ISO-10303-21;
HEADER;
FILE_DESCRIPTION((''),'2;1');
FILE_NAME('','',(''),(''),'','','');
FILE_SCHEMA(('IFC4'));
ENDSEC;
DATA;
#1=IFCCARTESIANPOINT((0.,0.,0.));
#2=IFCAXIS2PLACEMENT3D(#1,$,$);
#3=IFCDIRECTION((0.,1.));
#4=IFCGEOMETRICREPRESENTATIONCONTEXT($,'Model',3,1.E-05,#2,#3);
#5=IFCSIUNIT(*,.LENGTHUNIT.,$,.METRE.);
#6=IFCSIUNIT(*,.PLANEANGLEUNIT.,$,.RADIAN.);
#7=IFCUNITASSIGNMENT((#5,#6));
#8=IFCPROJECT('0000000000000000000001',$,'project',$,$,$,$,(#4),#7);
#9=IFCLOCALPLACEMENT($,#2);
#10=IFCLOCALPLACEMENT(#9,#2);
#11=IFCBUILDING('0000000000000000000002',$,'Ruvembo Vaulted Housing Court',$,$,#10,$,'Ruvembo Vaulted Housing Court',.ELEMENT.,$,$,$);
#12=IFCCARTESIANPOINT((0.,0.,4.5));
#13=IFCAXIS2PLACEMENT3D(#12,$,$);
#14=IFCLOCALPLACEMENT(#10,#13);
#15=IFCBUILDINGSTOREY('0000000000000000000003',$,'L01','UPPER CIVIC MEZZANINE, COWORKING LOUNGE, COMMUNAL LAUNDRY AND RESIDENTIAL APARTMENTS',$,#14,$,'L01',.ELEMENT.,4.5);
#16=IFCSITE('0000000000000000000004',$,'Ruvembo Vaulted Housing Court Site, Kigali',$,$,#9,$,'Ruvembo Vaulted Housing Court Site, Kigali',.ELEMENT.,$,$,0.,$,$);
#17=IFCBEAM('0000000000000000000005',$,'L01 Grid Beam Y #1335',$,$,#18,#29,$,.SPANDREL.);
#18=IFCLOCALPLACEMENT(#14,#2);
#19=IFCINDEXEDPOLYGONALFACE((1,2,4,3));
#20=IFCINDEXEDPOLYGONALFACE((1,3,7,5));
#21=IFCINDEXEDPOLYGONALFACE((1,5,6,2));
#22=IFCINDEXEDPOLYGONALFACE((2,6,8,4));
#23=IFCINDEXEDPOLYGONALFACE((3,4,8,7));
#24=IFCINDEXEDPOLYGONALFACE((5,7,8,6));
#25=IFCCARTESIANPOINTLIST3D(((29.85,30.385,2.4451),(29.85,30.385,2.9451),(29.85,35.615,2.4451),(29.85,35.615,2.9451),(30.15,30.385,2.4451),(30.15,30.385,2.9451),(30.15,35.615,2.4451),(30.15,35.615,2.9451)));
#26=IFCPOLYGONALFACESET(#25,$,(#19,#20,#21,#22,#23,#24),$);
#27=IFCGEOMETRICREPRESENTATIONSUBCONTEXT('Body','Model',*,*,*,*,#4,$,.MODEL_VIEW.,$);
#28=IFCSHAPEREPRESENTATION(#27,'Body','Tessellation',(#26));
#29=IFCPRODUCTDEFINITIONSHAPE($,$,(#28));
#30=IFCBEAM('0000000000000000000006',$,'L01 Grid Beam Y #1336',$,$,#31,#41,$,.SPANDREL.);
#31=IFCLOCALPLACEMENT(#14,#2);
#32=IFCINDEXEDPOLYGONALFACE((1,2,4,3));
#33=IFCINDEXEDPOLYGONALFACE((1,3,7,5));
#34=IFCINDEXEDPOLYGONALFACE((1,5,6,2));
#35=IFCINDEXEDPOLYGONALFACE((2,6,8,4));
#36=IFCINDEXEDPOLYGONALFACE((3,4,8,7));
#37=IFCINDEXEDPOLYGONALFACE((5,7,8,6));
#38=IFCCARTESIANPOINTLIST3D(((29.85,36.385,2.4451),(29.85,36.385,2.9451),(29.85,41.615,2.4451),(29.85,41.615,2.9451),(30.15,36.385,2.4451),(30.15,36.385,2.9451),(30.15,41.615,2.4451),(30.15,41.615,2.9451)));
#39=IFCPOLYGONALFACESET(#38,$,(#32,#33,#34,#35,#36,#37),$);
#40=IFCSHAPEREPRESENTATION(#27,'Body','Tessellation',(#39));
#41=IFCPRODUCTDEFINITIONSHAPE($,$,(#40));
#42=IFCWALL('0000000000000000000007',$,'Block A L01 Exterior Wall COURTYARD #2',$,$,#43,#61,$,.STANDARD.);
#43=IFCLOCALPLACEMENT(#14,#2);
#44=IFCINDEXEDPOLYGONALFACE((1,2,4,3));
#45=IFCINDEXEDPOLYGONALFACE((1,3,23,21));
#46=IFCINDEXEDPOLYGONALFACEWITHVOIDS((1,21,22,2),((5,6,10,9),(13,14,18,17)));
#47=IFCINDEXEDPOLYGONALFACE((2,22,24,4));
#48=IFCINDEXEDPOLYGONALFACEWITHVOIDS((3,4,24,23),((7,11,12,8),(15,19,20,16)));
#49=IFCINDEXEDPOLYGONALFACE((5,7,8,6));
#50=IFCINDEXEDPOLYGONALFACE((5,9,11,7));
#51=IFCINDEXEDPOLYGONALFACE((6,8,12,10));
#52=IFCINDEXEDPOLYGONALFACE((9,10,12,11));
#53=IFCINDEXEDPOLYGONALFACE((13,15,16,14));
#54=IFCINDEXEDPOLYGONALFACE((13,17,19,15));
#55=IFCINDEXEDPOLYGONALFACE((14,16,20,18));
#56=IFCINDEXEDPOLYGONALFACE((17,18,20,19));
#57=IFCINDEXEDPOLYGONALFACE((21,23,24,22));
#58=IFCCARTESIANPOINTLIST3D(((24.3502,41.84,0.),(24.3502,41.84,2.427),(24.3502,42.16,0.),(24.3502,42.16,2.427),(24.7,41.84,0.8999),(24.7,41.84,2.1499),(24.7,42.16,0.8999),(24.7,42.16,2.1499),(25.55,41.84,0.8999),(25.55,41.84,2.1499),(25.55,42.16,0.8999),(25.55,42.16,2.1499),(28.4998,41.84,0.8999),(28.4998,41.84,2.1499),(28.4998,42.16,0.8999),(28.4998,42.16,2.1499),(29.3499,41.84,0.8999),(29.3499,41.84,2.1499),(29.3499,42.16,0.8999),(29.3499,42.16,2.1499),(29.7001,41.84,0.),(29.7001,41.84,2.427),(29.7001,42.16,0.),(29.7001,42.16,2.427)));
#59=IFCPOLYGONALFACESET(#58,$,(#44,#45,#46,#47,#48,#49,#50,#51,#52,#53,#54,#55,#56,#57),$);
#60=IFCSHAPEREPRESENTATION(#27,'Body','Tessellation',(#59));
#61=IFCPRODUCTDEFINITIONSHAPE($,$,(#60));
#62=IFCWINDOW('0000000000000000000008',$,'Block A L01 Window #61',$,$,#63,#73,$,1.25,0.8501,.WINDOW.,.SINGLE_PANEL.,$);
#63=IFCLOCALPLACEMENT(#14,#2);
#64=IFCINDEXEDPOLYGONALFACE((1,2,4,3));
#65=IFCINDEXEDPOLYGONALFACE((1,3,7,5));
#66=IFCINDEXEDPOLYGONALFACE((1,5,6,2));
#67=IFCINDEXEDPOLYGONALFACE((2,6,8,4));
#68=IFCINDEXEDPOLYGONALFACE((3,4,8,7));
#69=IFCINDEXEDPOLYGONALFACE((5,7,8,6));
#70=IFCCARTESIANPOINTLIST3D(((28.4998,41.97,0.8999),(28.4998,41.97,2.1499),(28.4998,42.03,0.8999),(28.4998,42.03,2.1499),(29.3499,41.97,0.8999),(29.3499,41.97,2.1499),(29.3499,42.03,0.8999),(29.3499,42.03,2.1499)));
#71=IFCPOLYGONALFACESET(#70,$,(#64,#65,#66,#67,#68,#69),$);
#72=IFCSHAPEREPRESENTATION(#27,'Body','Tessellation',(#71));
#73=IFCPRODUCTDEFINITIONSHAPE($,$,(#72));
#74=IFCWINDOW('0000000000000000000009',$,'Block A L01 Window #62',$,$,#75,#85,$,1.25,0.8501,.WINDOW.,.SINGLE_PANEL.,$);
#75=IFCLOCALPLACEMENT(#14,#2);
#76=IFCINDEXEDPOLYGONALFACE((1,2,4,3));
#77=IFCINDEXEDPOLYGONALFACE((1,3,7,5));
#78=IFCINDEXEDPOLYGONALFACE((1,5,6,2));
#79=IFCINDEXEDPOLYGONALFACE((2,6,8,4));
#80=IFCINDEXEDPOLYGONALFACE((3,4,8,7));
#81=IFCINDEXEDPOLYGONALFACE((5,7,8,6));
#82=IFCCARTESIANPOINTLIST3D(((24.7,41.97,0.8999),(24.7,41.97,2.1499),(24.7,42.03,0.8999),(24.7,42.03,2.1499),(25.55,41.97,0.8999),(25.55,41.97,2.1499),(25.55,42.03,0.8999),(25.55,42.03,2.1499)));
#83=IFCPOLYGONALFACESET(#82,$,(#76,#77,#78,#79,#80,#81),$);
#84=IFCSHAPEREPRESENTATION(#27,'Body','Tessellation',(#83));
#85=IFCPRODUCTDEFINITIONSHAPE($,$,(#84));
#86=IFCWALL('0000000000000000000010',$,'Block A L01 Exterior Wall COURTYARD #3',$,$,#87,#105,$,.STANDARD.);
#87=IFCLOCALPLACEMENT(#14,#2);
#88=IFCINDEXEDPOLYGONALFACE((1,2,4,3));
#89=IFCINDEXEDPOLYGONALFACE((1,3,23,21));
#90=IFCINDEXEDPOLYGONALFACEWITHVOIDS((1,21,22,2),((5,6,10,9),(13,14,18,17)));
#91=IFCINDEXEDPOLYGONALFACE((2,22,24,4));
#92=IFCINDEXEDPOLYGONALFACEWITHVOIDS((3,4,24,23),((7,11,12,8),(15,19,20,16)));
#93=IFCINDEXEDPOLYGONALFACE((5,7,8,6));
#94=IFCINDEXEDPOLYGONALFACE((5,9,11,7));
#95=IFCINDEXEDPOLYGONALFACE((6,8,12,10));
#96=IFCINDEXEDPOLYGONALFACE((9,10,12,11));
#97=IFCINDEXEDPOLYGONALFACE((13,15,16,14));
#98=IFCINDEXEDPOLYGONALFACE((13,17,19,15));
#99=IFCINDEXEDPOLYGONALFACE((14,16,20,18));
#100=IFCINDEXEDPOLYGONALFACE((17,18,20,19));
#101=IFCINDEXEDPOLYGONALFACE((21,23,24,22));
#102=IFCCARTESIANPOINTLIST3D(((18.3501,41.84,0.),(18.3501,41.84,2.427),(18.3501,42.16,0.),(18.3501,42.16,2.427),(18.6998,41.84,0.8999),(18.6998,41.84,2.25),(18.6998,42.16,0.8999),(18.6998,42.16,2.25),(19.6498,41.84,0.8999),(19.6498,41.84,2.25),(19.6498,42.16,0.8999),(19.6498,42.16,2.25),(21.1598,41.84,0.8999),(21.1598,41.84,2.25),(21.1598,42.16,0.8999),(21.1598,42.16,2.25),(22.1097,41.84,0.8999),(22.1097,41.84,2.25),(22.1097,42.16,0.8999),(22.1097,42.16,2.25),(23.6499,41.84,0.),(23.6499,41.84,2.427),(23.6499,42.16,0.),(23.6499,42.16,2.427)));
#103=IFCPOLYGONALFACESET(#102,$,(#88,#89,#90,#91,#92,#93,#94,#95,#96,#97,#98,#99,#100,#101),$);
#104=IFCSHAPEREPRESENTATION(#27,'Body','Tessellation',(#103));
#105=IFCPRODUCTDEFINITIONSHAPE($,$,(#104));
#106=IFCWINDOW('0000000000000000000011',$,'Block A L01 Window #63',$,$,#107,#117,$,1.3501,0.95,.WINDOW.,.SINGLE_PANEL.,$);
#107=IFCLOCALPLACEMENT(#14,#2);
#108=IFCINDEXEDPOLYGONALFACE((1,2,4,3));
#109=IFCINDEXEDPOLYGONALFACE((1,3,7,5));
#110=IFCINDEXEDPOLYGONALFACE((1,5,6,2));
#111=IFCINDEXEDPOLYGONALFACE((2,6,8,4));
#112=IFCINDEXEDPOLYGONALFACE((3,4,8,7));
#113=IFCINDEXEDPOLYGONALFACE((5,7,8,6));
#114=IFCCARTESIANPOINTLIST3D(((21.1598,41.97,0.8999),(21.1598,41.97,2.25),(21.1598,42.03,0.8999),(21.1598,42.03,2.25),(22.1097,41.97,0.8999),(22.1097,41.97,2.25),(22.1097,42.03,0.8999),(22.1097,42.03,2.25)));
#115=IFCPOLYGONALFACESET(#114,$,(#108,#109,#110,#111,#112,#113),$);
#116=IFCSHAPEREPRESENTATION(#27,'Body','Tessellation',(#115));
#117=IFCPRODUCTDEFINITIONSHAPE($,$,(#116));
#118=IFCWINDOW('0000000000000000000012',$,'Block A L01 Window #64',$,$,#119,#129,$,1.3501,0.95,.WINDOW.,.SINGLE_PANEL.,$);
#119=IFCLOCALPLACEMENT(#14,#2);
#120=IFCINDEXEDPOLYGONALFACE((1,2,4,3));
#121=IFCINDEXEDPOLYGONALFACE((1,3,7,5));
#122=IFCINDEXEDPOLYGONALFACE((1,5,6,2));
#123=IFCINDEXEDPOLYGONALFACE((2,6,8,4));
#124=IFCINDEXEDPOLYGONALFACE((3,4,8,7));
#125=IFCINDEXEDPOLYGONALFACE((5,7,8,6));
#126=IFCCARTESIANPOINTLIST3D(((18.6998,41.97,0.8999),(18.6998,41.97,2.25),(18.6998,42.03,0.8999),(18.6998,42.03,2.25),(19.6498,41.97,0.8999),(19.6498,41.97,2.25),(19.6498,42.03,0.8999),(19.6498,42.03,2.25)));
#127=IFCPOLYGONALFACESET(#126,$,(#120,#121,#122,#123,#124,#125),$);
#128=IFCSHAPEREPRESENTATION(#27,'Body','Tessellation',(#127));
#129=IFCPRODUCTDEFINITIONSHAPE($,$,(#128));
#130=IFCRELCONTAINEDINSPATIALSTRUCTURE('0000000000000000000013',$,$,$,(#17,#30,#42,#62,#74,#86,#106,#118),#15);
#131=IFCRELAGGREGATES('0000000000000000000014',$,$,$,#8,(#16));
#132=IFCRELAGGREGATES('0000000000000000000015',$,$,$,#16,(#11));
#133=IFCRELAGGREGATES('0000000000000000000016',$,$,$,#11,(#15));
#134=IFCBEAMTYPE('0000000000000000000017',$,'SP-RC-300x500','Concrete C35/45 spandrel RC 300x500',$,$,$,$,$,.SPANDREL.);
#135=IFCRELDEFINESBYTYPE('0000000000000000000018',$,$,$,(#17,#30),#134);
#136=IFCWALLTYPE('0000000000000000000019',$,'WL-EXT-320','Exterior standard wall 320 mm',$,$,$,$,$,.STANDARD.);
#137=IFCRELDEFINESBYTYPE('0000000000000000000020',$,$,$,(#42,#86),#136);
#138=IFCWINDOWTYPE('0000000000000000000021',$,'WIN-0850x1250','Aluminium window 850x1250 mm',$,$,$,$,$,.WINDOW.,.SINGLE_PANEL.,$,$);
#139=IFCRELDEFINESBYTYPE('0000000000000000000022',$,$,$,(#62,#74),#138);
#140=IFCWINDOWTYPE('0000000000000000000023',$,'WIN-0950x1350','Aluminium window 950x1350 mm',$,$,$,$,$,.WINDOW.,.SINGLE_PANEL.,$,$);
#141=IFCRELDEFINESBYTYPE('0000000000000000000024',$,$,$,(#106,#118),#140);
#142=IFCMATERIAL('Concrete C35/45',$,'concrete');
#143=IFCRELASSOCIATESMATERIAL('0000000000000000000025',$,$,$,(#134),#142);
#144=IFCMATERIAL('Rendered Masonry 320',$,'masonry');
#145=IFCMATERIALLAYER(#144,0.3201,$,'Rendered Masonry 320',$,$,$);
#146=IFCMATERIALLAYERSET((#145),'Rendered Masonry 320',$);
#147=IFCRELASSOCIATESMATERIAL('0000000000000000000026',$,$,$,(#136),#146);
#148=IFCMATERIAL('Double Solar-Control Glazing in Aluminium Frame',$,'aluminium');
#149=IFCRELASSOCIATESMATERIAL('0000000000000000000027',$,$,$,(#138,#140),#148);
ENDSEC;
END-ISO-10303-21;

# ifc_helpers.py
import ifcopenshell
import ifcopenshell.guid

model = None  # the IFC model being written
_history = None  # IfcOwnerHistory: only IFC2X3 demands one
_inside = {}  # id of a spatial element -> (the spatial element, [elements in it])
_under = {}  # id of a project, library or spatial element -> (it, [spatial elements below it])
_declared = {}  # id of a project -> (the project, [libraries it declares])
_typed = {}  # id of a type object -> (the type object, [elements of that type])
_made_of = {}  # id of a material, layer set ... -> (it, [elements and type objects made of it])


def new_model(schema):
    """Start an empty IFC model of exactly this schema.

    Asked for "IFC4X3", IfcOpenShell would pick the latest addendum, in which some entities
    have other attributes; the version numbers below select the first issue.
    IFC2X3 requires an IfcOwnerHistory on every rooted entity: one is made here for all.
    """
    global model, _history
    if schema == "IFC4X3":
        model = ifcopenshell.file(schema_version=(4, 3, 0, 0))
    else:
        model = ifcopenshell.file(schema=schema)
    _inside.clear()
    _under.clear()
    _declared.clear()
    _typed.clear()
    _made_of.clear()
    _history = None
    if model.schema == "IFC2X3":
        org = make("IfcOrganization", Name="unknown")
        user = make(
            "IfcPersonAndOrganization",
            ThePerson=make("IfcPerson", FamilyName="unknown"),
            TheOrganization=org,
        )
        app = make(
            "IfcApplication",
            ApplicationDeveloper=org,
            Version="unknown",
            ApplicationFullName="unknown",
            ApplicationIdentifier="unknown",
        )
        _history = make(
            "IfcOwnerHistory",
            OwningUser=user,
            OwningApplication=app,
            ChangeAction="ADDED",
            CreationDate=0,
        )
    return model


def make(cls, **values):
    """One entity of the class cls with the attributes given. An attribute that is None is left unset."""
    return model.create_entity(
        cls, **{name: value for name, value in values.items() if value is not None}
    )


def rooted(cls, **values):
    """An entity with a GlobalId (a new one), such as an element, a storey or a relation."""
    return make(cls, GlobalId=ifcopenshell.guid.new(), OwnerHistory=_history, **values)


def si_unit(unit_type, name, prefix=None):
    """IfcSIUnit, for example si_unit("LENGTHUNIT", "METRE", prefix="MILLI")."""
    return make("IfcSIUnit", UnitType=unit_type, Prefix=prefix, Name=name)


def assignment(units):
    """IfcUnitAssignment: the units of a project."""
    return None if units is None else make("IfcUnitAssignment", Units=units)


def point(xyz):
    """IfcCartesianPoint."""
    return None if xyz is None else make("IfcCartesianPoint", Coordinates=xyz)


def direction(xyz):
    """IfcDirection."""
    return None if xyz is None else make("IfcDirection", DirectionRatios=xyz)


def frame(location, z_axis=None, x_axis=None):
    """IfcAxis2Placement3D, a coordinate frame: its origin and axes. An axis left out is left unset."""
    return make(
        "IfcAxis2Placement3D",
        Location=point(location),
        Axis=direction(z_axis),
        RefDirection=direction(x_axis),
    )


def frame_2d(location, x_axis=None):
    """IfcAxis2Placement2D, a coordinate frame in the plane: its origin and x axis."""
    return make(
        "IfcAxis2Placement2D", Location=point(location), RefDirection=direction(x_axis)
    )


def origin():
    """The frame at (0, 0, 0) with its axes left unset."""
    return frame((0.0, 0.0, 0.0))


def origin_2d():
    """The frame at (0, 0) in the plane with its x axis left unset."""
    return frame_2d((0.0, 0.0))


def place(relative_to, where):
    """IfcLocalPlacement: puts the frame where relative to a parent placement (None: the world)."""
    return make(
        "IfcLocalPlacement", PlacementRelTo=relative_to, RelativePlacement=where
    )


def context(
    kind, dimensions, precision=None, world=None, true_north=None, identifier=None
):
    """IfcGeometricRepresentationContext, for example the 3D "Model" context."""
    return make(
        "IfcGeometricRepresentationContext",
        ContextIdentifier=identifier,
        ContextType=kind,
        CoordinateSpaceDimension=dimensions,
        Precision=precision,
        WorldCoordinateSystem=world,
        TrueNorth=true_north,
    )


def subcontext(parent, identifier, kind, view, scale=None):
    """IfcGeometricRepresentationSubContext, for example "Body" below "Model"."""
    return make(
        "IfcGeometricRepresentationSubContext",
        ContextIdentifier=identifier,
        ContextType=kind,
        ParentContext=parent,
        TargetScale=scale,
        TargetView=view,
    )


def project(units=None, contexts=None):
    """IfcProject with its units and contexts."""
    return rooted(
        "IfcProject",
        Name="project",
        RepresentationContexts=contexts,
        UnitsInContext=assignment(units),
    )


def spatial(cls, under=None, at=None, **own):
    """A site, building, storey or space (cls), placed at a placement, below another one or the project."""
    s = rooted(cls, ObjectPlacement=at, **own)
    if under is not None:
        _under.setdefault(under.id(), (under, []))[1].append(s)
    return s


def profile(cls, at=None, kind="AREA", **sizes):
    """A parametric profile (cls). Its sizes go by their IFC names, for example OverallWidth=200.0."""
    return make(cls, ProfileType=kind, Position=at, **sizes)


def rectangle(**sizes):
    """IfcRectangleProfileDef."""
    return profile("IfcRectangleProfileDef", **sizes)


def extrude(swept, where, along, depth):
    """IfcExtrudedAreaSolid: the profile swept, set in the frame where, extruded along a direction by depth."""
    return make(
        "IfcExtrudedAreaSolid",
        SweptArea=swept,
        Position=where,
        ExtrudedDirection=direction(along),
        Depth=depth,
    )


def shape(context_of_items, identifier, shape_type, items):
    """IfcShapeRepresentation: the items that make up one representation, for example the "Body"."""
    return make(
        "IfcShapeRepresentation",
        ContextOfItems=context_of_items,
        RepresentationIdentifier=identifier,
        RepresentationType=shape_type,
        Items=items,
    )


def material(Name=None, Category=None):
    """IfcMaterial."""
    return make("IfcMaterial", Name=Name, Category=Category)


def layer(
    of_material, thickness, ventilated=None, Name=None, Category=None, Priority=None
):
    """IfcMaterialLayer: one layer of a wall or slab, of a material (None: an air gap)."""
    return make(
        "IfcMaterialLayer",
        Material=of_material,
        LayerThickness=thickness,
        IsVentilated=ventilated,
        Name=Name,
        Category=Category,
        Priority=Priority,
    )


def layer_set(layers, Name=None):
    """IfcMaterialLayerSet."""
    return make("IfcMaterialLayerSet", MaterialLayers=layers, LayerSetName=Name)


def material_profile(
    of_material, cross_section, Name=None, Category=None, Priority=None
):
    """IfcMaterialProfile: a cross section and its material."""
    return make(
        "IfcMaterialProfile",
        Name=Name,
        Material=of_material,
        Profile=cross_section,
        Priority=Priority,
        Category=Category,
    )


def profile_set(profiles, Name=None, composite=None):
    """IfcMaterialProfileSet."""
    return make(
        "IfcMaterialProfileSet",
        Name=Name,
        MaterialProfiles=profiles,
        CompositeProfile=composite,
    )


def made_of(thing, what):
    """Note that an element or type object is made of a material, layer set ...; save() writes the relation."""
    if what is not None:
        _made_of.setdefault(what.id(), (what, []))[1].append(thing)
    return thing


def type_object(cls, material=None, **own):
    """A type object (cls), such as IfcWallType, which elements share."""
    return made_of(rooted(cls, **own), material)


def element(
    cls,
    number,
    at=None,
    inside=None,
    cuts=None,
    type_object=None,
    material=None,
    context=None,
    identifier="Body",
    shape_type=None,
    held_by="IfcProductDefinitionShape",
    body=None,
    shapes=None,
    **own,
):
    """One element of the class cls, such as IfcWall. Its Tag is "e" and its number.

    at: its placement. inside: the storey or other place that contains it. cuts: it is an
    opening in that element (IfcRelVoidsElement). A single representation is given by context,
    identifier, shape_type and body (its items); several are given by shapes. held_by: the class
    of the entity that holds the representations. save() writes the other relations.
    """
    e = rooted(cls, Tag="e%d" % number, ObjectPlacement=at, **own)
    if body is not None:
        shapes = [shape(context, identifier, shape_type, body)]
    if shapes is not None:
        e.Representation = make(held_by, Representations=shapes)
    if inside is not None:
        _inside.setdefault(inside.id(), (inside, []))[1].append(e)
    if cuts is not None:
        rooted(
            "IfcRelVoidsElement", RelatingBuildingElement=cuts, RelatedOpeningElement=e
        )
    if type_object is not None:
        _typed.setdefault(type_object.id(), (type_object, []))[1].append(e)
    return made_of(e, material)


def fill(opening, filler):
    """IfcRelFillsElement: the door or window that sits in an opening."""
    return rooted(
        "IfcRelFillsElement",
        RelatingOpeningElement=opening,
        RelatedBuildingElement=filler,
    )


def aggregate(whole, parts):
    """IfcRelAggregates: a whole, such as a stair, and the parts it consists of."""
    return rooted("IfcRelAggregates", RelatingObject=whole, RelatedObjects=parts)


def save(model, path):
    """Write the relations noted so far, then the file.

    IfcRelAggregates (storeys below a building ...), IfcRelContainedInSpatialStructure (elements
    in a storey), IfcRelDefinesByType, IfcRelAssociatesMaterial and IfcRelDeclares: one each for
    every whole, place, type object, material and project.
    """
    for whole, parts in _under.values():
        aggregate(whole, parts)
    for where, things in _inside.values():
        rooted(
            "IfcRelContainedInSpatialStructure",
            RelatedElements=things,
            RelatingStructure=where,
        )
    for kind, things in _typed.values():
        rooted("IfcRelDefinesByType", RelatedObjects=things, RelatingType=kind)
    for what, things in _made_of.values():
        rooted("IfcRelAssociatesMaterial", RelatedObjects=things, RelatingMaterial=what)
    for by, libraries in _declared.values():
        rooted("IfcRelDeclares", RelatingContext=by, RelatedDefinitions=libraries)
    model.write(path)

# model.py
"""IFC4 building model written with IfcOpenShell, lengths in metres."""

from ifc_helpers import new_model, si_unit, direction, frame, frame_2d, origin, origin_2d, place, context, subcontext, project, spatial, rectangle, extrude, material, layer, layer_set, material_profile, profile_set, type_object, element, fill, save


model = new_model("IFC4")

# Units and contexts
model_context = context("Model", 3, precision=1e-05, world=origin(), true_north=direction((0.0, 1.0)))
body_context = subcontext(model_context, "Body", "Model", "MODEL_VIEW")
ifc_project = project(units=[si_unit("LENGTHUNIT", "METRE"), si_unit("PLANEANGLEUNIT", "RADIAN")], contexts=[model_context])

# Site, building, storey
site_placement = place(None, origin())
site = spatial("IfcSite", under=ifc_project, at=site_placement, Name="Ruvembo Vaulted Housing Court Site, Kigali", LongName="Ruvembo Vaulted Housing Court Site, Kigali", CompositionType="ELEMENT", RefElevation=0.0)
building_placement = place(site_placement, origin())
building = spatial("IfcBuilding", under=site, at=building_placement, Name="Ruvembo Vaulted Housing Court", LongName="Ruvembo Vaulted Housing Court", CompositionType="ELEMENT")
storey_placement = place(building_placement, frame((0.0, 0.0, 4.5)))
storey = spatial("IfcBuildingStorey", under=building, at=storey_placement, Name="L01", Description="UPPER CIVIC MEZZANINE, COWORKING LOUNGE, COMMUNAL LAUNDRY AND RESIDENTIAL APARTMENTS", LongName="L01", CompositionType="ELEMENT", Elevation=4.5)

# Beams
ifc_material_1 = material(Name="Concrete C35/45", Category="concrete")
ifc_material_profile_1 = material_profile(ifc_material_1, rectangle(XDim=0.3, YDim=0.5, at=origin_2d()), Name="RC 300x500")
ifc_profile_set_1 = profile_set([ifc_material_profile_1], Name="Concrete C35/45")
beam_type_1 = type_object("IfcBeamType", Name="SP-RC-300x500", Description="Concrete C35/45 spandrel RC 300x500", PredefinedType="SPANDREL", material=ifc_profile_set_1)
for number, where, z_axis, x_axis, name in (
    (1, (30.0, 30.385, 2.6951), (0.0, 1.0, 0.0), (-1.0, 0.0, 0.0), "L01 Grid Beam Y #1335"),
    (2, (30.0, 36.385, 2.6951), (0.0, 1.0, 0.0), (-1.0, 0.0, 0.0), "L01 Grid Beam Y #1336"),
):
    element("IfcBeam", number, at=place(storey_placement, frame(where, z_axis=z_axis, x_axis=x_axis)), inside=storey, type_object=beam_type_1, Name=name, PredefinedType="SPANDREL", context=body_context, shape_type="SweptSolid", body=[
        extrude(rectangle(XDim=0.3, YDim=0.5, at=origin_2d()), origin(), (0.0, 0.0, 1.0), 5.23),
    ])

# Walls, openings, windows
ifc_material_2 = material(Name="Rendered Masonry 320", Category="masonry")
ifc_layer_1 = layer(ifc_material_2, 0.3201, Name="Rendered Masonry 320")
ifc_layer_set_1 = layer_set([ifc_layer_1], Name="Rendered Masonry 320")
wall_type_1 = type_object("IfcWallType", Name="WL-EXT-320", Description="Exterior standard wall 320 mm", PredefinedType="STANDARD", material=ifc_layer_set_1)
wall_1_placement = place(storey_placement, frame((29.7, 42.0, 0.0), z_axis=(0.0, 0.0, 1.0), x_axis=(-1.0, 0.0, 0.0)))
wall_1 = element("IfcWall", 3, at=wall_1_placement, inside=storey, type_object=wall_type_1, Name="Block A L01 Exterior Wall COURTYARD #2", PredefinedType="STANDARD", context=body_context, shape_type="SweptSolid", body=[
    extrude(rectangle(XDim=5.3499, YDim=0.3201, at=frame_2d((2.6748, 0.0))), origin(), (0.0, 0.0, 1.0), 2.427),
])
opening_1_placement = place(wall_1_placement, frame((0.3501, 0.0, 0.8999)))
opening_1 = element("IfcOpeningElement", 4, at=opening_1_placement, cuts=wall_1, PredefinedType="OPENING", context=body_context, shape_type="SweptSolid", body=[
    extrude(rectangle(XDim=0.8501, YDim=1.25, at=frame_2d((0.425, 0.625))), frame((0.0, 0.1699, 0.0), z_axis=(0.0, -1.0, 0.0), x_axis=(1.0, 0.0, 0.0)), (0.0, 0.0, 1.0), 0.3401),
])
opening_2_placement = place(wall_1_placement, frame((4.1499, 0.0, 0.8999)))
opening_2 = element("IfcOpeningElement", 5, at=opening_2_placement, cuts=wall_1, PredefinedType="OPENING", context=body_context, shape_type="SweptSolid", body=[
    extrude(rectangle(XDim=0.8501, YDim=1.25, at=frame_2d((0.425, 0.625))), frame((0.0, 0.1699, 0.0), z_axis=(0.0, -1.0, 0.0), x_axis=(1.0, 0.0, 0.0)), (0.0, 0.0, 1.0), 0.3401),
])
ifc_material_3 = material(Name="Double Solar-Control Glazing in Aluminium Frame", Category="aluminium")
window_type_1 = type_object("IfcWindowType", Name="WIN-0850x1250", Description="Aluminium window 850x1250 mm", PartitioningType="SINGLE_PANEL", PredefinedType="WINDOW", material=ifc_material_3)
window_1_placement = place(opening_1_placement, origin())
window_1 = element("IfcWindow", 6, at=window_1_placement, inside=storey, type_object=window_type_1, Name="Block A L01 Window #61", OverallHeight=1.25, OverallWidth=0.8501, PartitioningType="SINGLE_PANEL", PredefinedType="WINDOW", context=body_context, shape_type="SweptSolid", body=[
    extrude(rectangle(XDim=0.8501, YDim=1.25, at=frame_2d((0.425, 0.625))), frame((0.0, 0.03, 0.0), z_axis=(0.0, -1.0, 0.0), x_axis=(1.0, 0.0, 0.0)), (0.0, 0.0, 1.0), 0.0601),
])
fill(opening_1, window_1)
window_2_placement = place(opening_2_placement, origin())
window_2 = element("IfcWindow", 7, at=window_2_placement, inside=storey, type_object=window_type_1, Name="Block A L01 Window #62", OverallHeight=1.25, OverallWidth=0.8501, PartitioningType="SINGLE_PANEL", PredefinedType="WINDOW", context=body_context, shape_type="SweptSolid", body=[
    extrude(rectangle(XDim=0.8501, YDim=1.25, at=frame_2d((0.425, 0.625))), frame((0.0, 0.03, 0.0), z_axis=(0.0, -1.0, 0.0), x_axis=(1.0, 0.0, 0.0)), (0.0, 0.0, 1.0), 0.0601),
])
fill(opening_2, window_2)
wall_2_placement = place(storey_placement, frame((23.6499, 42.0, 0.0), z_axis=(0.0, 0.0, 1.0), x_axis=(-1.0, 0.0, 0.0)))
wall_2 = element("IfcWall", 8, at=wall_2_placement, inside=storey, type_object=wall_type_1, Name="Block A L01 Exterior Wall COURTYARD #3", PredefinedType="STANDARD", context=body_context, shape_type="SweptSolid", body=[
    extrude(rectangle(XDim=5.2998, YDim=0.3201, at=frame_2d((2.6499, 0.0))), origin(), (0.0, 0.0, 1.0), 2.427),
])
opening_3_placement = place(wall_2_placement, frame((1.54, 0.0, 0.8999)))
opening_3 = element("IfcOpeningElement", 9, at=opening_3_placement, cuts=wall_2, PredefinedType="OPENING", context=body_context, shape_type="SweptSolid", body=[
    extrude(rectangle(XDim=0.95, YDim=1.3501, at=frame_2d((0.4751, 0.675))), frame((0.0, 0.1699, 0.0), z_axis=(0.0, -1.0, 0.0), x_axis=(1.0, 0.0, 0.0)), (0.0, 0.0, 1.0), 0.3401),
])
opening_4_placement = place(wall_2_placement, frame((4.0, 0.0, 0.8999)))
opening_4 = element("IfcOpeningElement", 10, at=opening_4_placement, cuts=wall_2, PredefinedType="OPENING", context=body_context, shape_type="SweptSolid", body=[
    extrude(rectangle(XDim=0.95, YDim=1.3501, at=frame_2d((0.4751, 0.675))), frame((0.0, 0.1699, 0.0), z_axis=(0.0, -1.0, 0.0), x_axis=(1.0, 0.0, 0.0)), (0.0, 0.0, 1.0), 0.3401),
])
window_type_2 = type_object("IfcWindowType", Name="WIN-0950x1350", Description="Aluminium window 950x1350 mm", PartitioningType="SINGLE_PANEL", PredefinedType="WINDOW", material=ifc_material_3)
window_3_placement = place(opening_3_placement, origin())
window_3 = element("IfcWindow", 11, at=window_3_placement, inside=storey, type_object=window_type_2, Name="Block A L01 Window #63", OverallHeight=1.3501, OverallWidth=0.95, PartitioningType="SINGLE_PANEL", PredefinedType="WINDOW", context=body_context, shape_type="SweptSolid", body=[
    extrude(rectangle(XDim=0.95, YDim=1.3501, at=frame_2d((0.4751, 0.675))), frame((0.0, 0.03, 0.0), z_axis=(0.0, -1.0, 0.0), x_axis=(1.0, 0.0, 0.0)), (0.0, 0.0, 1.0), 0.0601),
])
fill(opening_3, window_3)
window_4_placement = place(opening_4_placement, origin())
window_4 = element("IfcWindow", 12, at=window_4_placement, inside=storey, type_object=window_type_2, Name="Block A L01 Window #64", OverallHeight=1.3501, OverallWidth=0.95, PartitioningType="SINGLE_PANEL", PredefinedType="WINDOW", context=body_context, shape_type="SweptSolid", body=[
    extrude(rectangle(XDim=0.95, YDim=1.3501, at=frame_2d((0.4751, 0.675))), frame((0.0, 0.03, 0.0), z_axis=(0.0, -1.0, 0.0), x_axis=(1.0, 0.0, 0.0)), (0.0, 0.0, 1.0), 0.0601),
])
fill(opening_4, window_4)

save(model, "model.ifc")
